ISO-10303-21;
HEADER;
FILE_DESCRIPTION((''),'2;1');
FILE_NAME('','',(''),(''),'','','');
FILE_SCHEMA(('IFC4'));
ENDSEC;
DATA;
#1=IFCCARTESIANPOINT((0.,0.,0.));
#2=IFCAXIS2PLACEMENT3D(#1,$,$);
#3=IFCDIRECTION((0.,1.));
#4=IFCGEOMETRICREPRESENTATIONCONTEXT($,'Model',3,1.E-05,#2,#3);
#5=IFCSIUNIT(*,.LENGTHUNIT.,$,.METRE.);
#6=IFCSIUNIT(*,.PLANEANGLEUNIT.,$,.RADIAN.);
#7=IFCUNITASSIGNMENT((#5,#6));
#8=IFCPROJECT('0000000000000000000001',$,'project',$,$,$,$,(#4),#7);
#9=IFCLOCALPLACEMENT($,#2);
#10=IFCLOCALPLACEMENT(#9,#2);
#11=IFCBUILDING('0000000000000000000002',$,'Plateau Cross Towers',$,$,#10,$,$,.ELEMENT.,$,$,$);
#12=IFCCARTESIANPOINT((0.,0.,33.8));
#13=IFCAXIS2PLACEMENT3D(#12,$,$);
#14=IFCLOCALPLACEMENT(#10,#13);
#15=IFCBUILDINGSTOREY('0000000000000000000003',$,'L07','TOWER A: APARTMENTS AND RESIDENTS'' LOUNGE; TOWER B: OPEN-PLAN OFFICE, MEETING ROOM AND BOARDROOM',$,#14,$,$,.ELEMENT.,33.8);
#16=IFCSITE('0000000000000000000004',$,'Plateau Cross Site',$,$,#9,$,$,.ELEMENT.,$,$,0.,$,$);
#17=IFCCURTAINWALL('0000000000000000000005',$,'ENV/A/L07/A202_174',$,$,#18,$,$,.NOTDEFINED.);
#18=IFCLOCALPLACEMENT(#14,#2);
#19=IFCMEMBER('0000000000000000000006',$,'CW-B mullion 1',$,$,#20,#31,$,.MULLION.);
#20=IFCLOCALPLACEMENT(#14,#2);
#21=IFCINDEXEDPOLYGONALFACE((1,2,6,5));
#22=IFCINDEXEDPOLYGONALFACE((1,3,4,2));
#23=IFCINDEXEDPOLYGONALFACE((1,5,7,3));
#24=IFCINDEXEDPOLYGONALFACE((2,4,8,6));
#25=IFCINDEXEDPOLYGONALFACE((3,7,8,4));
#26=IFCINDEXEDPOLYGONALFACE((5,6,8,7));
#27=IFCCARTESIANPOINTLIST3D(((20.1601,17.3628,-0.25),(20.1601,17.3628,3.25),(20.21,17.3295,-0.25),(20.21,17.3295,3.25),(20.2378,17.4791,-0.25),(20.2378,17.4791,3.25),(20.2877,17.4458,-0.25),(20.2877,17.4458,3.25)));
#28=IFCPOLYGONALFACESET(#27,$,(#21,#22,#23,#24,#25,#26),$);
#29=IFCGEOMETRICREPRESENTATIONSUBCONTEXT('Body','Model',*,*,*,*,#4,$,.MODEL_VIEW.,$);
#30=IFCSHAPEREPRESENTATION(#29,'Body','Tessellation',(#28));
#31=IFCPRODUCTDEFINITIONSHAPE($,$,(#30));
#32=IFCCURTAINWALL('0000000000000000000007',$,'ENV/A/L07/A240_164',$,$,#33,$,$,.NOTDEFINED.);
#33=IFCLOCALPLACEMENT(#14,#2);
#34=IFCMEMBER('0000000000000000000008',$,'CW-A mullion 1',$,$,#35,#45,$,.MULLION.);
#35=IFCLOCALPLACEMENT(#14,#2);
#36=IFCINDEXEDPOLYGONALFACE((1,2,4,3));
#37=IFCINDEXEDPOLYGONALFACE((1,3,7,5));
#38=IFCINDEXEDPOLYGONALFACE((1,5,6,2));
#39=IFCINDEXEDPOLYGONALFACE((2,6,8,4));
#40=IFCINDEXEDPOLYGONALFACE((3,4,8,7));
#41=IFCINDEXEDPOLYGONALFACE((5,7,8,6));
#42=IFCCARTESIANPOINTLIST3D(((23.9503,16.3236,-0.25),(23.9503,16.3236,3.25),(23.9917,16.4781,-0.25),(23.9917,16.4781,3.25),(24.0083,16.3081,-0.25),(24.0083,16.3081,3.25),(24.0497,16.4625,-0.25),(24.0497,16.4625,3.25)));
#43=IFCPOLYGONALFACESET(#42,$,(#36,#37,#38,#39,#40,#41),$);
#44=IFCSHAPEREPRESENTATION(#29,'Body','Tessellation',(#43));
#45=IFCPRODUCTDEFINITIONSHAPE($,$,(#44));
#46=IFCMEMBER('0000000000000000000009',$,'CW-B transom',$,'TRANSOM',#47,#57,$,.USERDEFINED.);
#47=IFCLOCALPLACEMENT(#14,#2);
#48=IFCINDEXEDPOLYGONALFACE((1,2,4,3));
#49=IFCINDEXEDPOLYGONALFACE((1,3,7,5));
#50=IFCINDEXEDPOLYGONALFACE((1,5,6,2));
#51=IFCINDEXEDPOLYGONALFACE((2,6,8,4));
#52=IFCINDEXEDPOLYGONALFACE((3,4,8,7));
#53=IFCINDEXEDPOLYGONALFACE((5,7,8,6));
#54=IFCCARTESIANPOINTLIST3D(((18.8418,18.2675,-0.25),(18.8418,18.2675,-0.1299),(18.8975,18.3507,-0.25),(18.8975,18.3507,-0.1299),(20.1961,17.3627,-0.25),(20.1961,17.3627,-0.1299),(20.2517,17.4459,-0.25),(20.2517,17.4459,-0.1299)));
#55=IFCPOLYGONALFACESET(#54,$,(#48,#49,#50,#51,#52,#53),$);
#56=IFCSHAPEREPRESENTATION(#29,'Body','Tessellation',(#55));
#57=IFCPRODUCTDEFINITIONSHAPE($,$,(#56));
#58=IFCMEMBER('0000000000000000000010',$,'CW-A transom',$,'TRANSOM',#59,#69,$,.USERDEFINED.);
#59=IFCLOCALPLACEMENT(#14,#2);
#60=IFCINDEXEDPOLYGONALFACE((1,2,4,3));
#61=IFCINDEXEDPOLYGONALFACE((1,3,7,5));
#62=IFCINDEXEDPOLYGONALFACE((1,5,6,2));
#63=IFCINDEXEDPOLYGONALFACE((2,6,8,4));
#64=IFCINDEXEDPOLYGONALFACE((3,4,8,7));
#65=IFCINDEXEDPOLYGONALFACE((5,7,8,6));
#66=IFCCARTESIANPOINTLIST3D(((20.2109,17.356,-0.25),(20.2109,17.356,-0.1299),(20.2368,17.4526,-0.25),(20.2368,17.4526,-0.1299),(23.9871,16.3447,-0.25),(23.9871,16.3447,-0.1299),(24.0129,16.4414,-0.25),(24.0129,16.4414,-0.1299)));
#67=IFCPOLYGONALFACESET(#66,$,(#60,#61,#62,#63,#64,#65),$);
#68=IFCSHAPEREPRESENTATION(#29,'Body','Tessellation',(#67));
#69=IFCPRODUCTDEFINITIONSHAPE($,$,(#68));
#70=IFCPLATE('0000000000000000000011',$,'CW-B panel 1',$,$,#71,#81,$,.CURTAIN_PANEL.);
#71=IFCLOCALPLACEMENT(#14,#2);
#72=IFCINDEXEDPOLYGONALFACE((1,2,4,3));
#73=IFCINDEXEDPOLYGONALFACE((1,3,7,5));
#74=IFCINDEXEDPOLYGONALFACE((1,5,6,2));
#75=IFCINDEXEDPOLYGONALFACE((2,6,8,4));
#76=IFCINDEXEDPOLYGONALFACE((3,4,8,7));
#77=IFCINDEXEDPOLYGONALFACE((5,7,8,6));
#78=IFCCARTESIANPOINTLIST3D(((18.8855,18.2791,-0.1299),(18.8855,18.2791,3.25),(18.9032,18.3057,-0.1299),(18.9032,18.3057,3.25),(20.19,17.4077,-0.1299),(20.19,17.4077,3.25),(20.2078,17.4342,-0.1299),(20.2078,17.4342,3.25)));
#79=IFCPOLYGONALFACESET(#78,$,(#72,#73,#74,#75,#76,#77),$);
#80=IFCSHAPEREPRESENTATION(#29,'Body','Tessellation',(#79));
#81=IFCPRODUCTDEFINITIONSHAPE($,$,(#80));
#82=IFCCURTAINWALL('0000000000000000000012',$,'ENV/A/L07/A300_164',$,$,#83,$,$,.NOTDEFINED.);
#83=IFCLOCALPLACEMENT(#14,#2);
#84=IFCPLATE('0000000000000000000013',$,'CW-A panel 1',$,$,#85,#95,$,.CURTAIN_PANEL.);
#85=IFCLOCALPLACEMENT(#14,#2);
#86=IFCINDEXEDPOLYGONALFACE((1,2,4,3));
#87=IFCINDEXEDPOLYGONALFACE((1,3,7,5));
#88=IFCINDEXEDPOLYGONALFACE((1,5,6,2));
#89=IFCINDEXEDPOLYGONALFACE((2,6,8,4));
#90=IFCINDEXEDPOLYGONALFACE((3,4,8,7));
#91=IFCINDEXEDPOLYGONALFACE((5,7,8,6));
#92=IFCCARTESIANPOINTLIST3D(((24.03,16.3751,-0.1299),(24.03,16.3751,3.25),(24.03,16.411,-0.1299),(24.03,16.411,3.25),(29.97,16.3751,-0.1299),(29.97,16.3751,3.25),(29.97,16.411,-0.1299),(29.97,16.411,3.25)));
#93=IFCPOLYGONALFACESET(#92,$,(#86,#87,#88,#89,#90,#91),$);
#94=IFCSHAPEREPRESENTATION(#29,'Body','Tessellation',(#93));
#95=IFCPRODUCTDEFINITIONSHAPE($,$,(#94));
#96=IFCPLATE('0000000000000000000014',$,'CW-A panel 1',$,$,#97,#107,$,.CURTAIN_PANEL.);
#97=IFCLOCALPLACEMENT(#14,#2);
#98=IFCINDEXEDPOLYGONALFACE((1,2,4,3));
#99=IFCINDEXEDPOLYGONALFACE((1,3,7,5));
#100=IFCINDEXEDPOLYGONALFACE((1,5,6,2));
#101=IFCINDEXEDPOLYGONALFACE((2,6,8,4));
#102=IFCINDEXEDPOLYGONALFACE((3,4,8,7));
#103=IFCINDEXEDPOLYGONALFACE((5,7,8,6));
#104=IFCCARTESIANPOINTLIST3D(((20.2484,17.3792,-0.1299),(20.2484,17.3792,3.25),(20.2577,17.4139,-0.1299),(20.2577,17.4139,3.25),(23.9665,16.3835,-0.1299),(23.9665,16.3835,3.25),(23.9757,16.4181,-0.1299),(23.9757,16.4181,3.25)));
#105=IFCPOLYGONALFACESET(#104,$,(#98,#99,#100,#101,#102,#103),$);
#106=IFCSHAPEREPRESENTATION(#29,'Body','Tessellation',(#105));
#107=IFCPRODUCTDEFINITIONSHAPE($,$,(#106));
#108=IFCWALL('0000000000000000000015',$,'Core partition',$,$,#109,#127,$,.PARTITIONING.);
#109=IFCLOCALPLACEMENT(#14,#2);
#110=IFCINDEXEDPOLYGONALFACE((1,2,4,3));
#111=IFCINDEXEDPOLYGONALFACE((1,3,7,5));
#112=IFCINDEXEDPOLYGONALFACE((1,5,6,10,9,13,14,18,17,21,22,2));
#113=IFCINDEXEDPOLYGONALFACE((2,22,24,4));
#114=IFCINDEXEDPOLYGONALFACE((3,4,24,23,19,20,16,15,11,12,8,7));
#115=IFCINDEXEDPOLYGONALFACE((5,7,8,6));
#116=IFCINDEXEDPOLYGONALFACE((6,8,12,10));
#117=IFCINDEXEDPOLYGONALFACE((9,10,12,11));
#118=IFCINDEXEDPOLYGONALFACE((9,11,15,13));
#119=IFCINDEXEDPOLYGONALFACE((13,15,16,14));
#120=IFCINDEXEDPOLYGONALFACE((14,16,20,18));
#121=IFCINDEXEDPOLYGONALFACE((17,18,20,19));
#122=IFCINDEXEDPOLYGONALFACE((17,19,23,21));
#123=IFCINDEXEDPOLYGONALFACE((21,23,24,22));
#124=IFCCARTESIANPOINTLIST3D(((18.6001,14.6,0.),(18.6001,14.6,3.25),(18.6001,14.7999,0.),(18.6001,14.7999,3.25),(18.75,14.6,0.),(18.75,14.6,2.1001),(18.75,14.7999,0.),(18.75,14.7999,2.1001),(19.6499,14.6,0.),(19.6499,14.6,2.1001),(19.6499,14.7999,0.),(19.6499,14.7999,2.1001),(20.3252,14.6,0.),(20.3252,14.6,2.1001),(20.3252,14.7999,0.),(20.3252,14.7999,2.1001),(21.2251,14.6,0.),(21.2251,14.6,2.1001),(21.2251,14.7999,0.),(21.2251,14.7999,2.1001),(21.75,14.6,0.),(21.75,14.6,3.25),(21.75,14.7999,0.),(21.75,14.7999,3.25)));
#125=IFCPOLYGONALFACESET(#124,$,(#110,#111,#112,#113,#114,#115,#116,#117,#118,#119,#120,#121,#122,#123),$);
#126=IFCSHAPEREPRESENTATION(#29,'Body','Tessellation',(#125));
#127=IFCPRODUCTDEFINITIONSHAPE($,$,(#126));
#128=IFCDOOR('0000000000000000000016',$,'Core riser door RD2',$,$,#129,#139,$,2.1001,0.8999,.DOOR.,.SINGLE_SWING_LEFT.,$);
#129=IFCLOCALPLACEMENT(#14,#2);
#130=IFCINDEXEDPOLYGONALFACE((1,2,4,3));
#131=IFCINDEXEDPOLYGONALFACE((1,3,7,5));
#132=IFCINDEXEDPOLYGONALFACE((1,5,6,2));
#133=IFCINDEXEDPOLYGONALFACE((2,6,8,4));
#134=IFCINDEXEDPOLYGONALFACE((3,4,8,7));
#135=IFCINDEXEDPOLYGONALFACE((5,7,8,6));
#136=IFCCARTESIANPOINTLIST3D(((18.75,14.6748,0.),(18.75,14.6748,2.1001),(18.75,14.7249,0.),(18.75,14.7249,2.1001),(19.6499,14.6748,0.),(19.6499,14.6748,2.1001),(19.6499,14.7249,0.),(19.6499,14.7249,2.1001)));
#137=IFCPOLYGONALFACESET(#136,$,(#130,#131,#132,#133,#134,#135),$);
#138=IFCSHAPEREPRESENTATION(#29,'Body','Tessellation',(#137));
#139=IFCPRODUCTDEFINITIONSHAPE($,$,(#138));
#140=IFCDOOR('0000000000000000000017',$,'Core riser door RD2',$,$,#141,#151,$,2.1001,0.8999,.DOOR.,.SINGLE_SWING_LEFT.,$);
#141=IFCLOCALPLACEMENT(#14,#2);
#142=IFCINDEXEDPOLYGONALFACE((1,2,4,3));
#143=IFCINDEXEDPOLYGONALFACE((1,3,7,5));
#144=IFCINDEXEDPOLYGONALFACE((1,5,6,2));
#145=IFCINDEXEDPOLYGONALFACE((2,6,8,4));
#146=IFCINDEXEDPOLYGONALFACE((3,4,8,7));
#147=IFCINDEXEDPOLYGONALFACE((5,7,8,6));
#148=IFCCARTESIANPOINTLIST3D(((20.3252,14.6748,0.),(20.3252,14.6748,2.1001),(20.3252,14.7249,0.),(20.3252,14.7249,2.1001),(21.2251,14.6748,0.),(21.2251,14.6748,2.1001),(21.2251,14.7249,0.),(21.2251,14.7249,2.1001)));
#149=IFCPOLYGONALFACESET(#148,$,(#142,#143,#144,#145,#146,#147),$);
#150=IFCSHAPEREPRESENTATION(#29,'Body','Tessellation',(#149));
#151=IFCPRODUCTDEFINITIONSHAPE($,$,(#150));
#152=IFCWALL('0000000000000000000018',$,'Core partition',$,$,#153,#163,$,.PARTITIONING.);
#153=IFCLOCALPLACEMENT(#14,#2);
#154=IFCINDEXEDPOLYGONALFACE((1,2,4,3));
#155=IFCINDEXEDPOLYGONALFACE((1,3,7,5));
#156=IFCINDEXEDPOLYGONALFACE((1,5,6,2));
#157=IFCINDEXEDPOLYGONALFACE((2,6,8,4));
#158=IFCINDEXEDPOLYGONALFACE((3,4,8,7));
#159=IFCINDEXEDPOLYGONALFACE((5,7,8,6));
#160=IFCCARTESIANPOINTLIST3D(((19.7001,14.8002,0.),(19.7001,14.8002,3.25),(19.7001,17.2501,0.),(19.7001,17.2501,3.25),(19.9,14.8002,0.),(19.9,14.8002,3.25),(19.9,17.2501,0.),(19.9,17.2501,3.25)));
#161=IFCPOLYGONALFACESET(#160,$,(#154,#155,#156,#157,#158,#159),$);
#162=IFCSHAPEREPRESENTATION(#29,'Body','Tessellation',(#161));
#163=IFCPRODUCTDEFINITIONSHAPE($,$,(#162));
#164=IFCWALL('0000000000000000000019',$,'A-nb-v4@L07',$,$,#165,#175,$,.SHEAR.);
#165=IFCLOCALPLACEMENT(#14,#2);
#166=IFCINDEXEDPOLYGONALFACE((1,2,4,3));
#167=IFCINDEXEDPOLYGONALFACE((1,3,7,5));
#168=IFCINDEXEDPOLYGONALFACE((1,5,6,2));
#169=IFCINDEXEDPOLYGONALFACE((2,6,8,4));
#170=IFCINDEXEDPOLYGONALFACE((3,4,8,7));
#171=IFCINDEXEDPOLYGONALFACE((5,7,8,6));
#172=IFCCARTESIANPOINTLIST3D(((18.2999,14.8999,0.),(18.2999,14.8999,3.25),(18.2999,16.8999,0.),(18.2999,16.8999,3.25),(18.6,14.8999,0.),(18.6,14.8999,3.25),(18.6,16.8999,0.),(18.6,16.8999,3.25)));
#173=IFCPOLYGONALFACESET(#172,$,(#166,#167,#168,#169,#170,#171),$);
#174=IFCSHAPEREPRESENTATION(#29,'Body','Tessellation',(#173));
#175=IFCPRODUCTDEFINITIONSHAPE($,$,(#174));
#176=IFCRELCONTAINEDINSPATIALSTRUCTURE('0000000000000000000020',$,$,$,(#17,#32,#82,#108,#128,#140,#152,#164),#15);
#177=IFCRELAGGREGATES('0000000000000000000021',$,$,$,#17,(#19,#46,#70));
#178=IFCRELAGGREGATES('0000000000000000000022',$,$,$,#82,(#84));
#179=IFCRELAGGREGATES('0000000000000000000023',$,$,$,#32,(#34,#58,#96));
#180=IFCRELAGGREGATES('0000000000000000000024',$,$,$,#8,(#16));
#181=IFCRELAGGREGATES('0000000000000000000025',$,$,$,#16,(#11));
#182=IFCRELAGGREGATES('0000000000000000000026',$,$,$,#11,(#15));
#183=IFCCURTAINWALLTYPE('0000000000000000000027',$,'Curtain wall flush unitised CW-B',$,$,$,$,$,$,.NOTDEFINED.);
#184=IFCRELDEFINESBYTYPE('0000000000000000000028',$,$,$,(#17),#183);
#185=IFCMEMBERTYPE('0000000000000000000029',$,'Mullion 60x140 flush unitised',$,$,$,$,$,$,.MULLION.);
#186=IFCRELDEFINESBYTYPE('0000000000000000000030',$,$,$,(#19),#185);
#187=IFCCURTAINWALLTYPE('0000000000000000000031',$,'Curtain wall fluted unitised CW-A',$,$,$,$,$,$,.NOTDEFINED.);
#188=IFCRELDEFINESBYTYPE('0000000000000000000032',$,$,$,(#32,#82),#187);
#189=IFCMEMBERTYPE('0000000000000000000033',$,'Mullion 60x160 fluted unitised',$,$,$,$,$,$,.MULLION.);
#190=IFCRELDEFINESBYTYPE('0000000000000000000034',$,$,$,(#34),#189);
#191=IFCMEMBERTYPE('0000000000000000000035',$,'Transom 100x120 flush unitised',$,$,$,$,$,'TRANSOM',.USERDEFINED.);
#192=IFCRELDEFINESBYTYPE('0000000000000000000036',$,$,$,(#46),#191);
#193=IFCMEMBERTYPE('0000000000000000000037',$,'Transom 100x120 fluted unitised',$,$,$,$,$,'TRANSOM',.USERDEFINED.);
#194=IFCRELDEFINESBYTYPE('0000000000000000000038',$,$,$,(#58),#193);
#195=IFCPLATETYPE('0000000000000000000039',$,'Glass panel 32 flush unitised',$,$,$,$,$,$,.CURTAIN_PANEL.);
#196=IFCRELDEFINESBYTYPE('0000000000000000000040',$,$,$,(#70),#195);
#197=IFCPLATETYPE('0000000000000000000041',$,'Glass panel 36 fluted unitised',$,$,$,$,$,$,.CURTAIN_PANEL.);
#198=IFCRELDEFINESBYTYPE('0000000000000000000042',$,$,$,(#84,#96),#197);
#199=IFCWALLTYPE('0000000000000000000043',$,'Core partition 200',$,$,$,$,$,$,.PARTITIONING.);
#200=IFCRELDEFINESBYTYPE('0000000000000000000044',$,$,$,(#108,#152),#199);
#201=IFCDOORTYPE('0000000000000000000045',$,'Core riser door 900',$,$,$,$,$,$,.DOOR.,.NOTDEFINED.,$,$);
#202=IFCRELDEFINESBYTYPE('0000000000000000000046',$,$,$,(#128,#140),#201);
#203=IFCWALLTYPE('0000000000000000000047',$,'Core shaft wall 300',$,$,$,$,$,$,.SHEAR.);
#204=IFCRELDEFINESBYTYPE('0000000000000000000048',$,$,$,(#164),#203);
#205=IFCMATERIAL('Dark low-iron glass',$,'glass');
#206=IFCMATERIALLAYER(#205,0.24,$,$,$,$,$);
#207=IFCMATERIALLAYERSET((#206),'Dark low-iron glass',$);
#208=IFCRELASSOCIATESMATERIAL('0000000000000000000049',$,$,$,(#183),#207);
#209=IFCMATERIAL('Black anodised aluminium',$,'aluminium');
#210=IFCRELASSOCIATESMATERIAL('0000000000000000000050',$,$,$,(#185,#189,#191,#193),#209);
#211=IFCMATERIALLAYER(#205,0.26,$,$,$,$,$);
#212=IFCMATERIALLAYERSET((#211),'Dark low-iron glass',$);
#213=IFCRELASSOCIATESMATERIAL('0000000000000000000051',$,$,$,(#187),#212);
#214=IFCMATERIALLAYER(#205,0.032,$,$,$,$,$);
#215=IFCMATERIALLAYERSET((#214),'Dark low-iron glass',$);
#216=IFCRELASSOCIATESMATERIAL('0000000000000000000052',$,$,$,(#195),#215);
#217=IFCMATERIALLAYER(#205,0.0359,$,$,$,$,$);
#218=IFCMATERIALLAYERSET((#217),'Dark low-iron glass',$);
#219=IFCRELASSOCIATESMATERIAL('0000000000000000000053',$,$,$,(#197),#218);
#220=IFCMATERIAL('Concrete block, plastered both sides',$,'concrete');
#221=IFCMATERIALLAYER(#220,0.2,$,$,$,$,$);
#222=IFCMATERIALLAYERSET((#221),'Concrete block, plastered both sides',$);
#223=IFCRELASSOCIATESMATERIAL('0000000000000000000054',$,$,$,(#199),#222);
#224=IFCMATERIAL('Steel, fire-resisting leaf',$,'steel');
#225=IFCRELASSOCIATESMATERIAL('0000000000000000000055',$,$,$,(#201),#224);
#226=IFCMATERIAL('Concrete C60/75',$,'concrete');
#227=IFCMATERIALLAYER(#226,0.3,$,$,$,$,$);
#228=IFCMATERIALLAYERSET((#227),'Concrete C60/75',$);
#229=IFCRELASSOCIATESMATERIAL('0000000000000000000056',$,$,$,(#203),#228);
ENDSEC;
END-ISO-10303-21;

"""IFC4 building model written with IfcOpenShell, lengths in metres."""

from ifc_helpers import new_model, si_unit, direction, frame, frame_2d, origin, origin_2d, place, context, subcontext, project, spatial, rectangle, extrude, material, layer, layer_set, material_profile, profile_set, type_object, element, fill, aggregate, save


model = new_model("IFC4")

# Units and contexts
model_context = context("Model", 3, precision=1e-05, world=origin(), true_north=direction((0.0, 1.0)))
body_context = subcontext(model_context, "Body", "Model", "MODEL_VIEW")
ifc_project = project(units=[si_unit("LENGTHUNIT", "METRE"), si_unit("PLANEANGLEUNIT", "RADIAN")], contexts=[model_context])

# Site, building, storey
site_placement = place(None, origin())
site = spatial("IfcSite", under=ifc_project, at=site_placement, Name="Plateau Cross Site", CompositionType="ELEMENT", RefElevation=0.0)
building_placement = place(site_placement, origin())
building = spatial("IfcBuilding", under=site, at=building_placement, Name="Plateau Cross Towers", CompositionType="ELEMENT")
storey_placement = place(building_placement, frame((0.0, 0.0, 33.8)))
storey = spatial("IfcBuildingStorey", under=building, at=storey_placement, Name="L07", Description="TOWER A: APARTMENTS AND RESIDENTS' LOUNGE; TOWER B: OPEN-PLAN OFFICE, MEETING ROOM AND BOARDROOM", CompositionType="ELEMENT", Elevation=33.8)

# Curtain walls, members
ifc_material_1 = material(Name="Dark low-iron glass", Category="glass")
ifc_layer_1 = layer(ifc_material_1, 0.24)
ifc_layer_set_1 = layer_set([ifc_layer_1], Name="Dark low-iron glass")
curtain_wall_type_1 = type_object("IfcCurtainWallType", Name="Curtain wall flush unitised CW-B", PredefinedType="NOTDEFINED", material=ifc_layer_set_1)
curtain_wall_1_placement = place(storey_placement, origin())
curtain_wall_1 = element("IfcCurtainWall", 1, at=curtain_wall_1_placement, inside=storey, type_object=curtain_wall_type_1, Name="ENV/A/L07/A202_174", PredefinedType="NOTDEFINED")
ifc_material_2 = material(Name="Black anodised aluminium", Category="aluminium")
ifc_material_profile_1 = material_profile(ifc_material_2, rectangle(XDim=0.0601, YDim=0.1399, at=origin_2d()), Name="MULLION 60x140")
ifc_profile_set_1 = profile_set([ifc_material_profile_1], Name="Black anodised aluminium")
member_type_1 = type_object("IfcMemberType", Name="Mullion 60x140 flush unitised", PredefinedType="MULLION", material=ifc_profile_set_1)
member_1_placement = place(storey_placement, frame((20.2239, 17.4043, -0.25), z_axis=(0.0, 0.0, 1.0), x_axis=(-0.831521, 0.555493, 0.0)))
member_1 = element("IfcMember", 2, at=member_1_placement, type_object=member_type_1, Name="CW-B mullion 1", PredefinedType="MULLION", context=body_context, shape_type="SweptSolid", body=[
    extrude(rectangle(XDim=0.0601, YDim=0.1399, at=origin_2d()), origin(), (0.0, 0.0, 1.0), 3.5),
])
ifc_layer_2 = layer(ifc_material_1, 0.26)
ifc_layer_set_2 = layer_set([ifc_layer_2], Name="Dark low-iron glass")
curtain_wall_type_2 = type_object("IfcCurtainWallType", Name="Curtain wall fluted unitised CW-A", PredefinedType="NOTDEFINED", material=ifc_layer_set_2)
curtain_wall_2_placement = place(storey_placement, origin())
curtain_wall_2 = element("IfcCurtainWall", 3, at=curtain_wall_2_placement, inside=storey, type_object=curtain_wall_type_2, Name="ENV/A/L07/A240_164", PredefinedType="NOTDEFINED")
ifc_material_profile_2 = material_profile(ifc_material_2, rectangle(XDim=0.0601, YDim=0.1599, at=origin_2d()), Name="MULLION 60x160")
ifc_profile_set_2 = profile_set([ifc_material_profile_2], Name="Black anodised aluminium")
member_type_2 = type_object("IfcMemberType", Name="Mullion 60x160 fluted unitised", PredefinedType="MULLION", material=ifc_profile_set_2)
member_2_placement = place(storey_placement, frame((24.0, 16.3931, -0.25), z_axis=(0.0, 0.0, 1.0), x_axis=(-0.965958, 0.258699, 0.0)))
member_2 = element("IfcMember", 4, at=member_2_placement, type_object=member_type_2, Name="CW-A mullion 1", PredefinedType="MULLION", context=body_context, shape_type="SweptSolid", body=[
    extrude(rectangle(XDim=0.0601, YDim=0.1599, at=origin_2d()), origin(), (0.0, 0.0, 1.0), 3.5),
])

# Members
ifc_material_profile_3 = material_profile(ifc_material_2, rectangle(XDim=0.1001, YDim=0.1201, at=origin_2d()), Name="TRANSOM 100x120")
ifc_profile_set_3 = profile_set([ifc_material_profile_3], Name="Black anodised aluminium")
member_type_3 = type_object("IfcMemberType", Name="Transom 100x120 flush unitised", ElementType="TRANSOM", PredefinedType="USERDEFINED", material=ifc_profile_set_3)
member_3_placement = place(storey_placement, frame((20.2239, 17.4043, -0.1899), z_axis=(-0.831496, 0.55553, 0.0), x_axis=(-0.55553, -0.831496, 0.0)))
member_3 = element("IfcMember", 5, at=member_3_placement, type_object=member_type_3, Name="CW-B transom", ObjectType="TRANSOM", PredefinedType="USERDEFINED", context=body_context, shape_type="SweptSolid", body=[
    extrude(rectangle(XDim=0.1001, YDim=0.1201, at=origin_2d()), origin(), (0.0, 0.0, 1.0), 1.6287),
])
ifc_material_profile_4 = material_profile(ifc_material_2, rectangle(XDim=0.1001, YDim=0.1201, at=origin_2d()), Name="TRANSOM 100x120")
ifc_profile_set_4 = profile_set([ifc_material_profile_4], Name="Black anodised aluminium")
member_type_4 = type_object("IfcMemberType", Name="Transom 100x120 fluted unitised", ElementType="TRANSOM", PredefinedType="USERDEFINED", material=ifc_profile_set_4)
member_4_placement = place(storey_placement, frame((24.0, 16.3931, -0.1899), z_axis=(-0.965963, 0.258681, 0.0), x_axis=(-0.258681, -0.965963, 0.0)))
member_4 = element("IfcMember", 6, at=member_4_placement, type_object=member_type_4, Name="CW-A transom", ObjectType="TRANSOM", PredefinedType="USERDEFINED", context=body_context, shape_type="SweptSolid", body=[
    extrude(rectangle(XDim=0.1001, YDim=0.1201, at=origin_2d()), origin(), (0.0, 0.0, 1.0), 3.9092),
])

# Plate
ifc_layer_3 = layer(ifc_material_1, 0.032)
ifc_layer_set_3 = layer_set([ifc_layer_3], Name="Dark low-iron glass")
plate_type_1 = type_object("IfcPlateType", Name="Glass panel 32 flush unitised", PredefinedType="CURTAIN_PANEL", material=ifc_layer_set_3)
plate_1_placement = place(storey_placement, frame((19.5466, 17.8567, -0.1299), z_axis=(0.0, 0.0, 1.0), x_axis=(-0.831521, 0.555493, 0.0)))
plate_1 = element("IfcPlate", 7, at=plate_1_placement, type_object=plate_type_1, Name="CW-B panel 1", PredefinedType="CURTAIN_PANEL", context=body_context, shape_type="SweptSolid", body=[
    extrude(rectangle(XDim=1.5688, YDim=0.032, at=origin_2d()), origin(), (0.0, 0.0, 1.0), 3.3799),
])
aggregate(curtain_wall_1, [member_1, member_3, plate_1])

# Curtain wall, plate
curtain_wall_3_placement = place(storey_placement, origin())
curtain_wall_3 = element("IfcCurtainWall", 8, at=curtain_wall_3_placement, inside=storey, type_object=curtain_wall_type_2, Name="ENV/A/L07/A300_164", PredefinedType="NOTDEFINED")
ifc_layer_4 = layer(ifc_material_1, 0.0359)
ifc_layer_set_4 = layer_set([ifc_layer_4], Name="Dark low-iron glass")
plate_type_2 = type_object("IfcPlateType", Name="Glass panel 36 fluted unitised", PredefinedType="CURTAIN_PANEL", material=ifc_layer_set_4)
plate_2_placement = place(storey_placement, frame((27.0, 16.3931, -0.1299), z_axis=(0.0, 0.0, 1.0), x_axis=(-1.0, 0.0, 0.0)))
plate_2 = element("IfcPlate", 9, at=plate_2_placement, type_object=plate_type_2, Name="CW-A panel 1", PredefinedType="CURTAIN_PANEL", context=body_context, shape_type="SweptSolid", body=[
    extrude(rectangle(XDim=5.9399, YDim=0.0359, at=origin_2d()), origin(), (0.0, 0.0, 1.0), 3.3799),
])
aggregate(curtain_wall_3, [plate_2])

# Plate
plate_3_placement = place(storey_placement, frame((22.1121, 16.8987, -0.1299), z_axis=(0.0, 0.0, 1.0), x_axis=(-0.965958, 0.258699, 0.0)))
plate_3 = element("IfcPlate", 10, at=plate_3_placement, type_object=plate_type_2, Name="CW-A panel 1", PredefinedType="CURTAIN_PANEL", context=body_context, shape_type="SweptSolid", body=[
    extrude(rectangle(XDim=3.8491, YDim=0.0359, at=origin_2d()), origin(), (0.0, 0.0, 1.0), 3.3799),
])
aggregate(curtain_wall_2, [member_2, member_4, plate_3])

# Wall, openings, doors
ifc_material_3 = material(Name="Concrete block, plastered both sides", Category="concrete")
ifc_layer_5 = layer(ifc_material_3, 0.2)
ifc_layer_set_5 = layer_set([ifc_layer_5], Name="Concrete block, plastered both sides")
wall_type_1 = type_object("IfcWallType", Name="Core partition 200", PredefinedType="PARTITIONING", material=ifc_layer_set_5)
wall_1_placement = place(storey_placement, frame((18.6001, 14.7, 0.0), z_axis=(0.0, 0.0, 1.0), x_axis=(1.0, 0.0, 0.0)))
wall_1 = element("IfcWall", 11, at=wall_1_placement, inside=storey, type_object=wall_type_1, Name="Core partition", PredefinedType="PARTITIONING", context=body_context, shape_type="SweptSolid", body=[
    extrude(rectangle(XDim=3.1499, YDim=0.2, at=frame_2d((1.575, 0.0))), origin(), (0.0, 0.0, 1.0), 3.25),
])
opening_1_placement = place(wall_1_placement, frame((0.1499, 0.0, 0.0)))
opening_1 = element("IfcOpeningElement", 12, at=opening_1_placement, cuts=wall_1, PredefinedType="OPENING", context=body_context, shape_type="SweptSolid", body=[
    extrude(rectangle(XDim=0.8999, YDim=2.1001, at=frame_2d((0.45, 1.05))), frame((0.0, 0.1099, 0.0), z_axis=(0.0, -1.0, 0.0), x_axis=(1.0, 0.0, 0.0)), (0.0, 0.0, 1.0), 0.22),
])
opening_2_placement = place(wall_1_placement, frame((1.7251, 0.0, 0.0)))
opening_2 = element("IfcOpeningElement", 13, at=opening_2_placement, cuts=wall_1, PredefinedType="OPENING", context=body_context, shape_type="SweptSolid", body=[
    extrude(rectangle(XDim=0.8999, YDim=2.1001, at=frame_2d((0.45, 1.05))), frame((0.0, 0.1099, 0.0), z_axis=(0.0, -1.0, 0.0), x_axis=(1.0, 0.0, 0.0)), (0.0, 0.0, 1.0), 0.22),
])
ifc_material_4 = material(Name="Steel, fire-resisting leaf", Category="steel")
door_type_1 = type_object("IfcDoorType", Name="Core riser door 900", OperationType="NOTDEFINED", PredefinedType="DOOR", material=ifc_material_4)
door_1_placement = place(opening_1_placement, origin())
door_1 = element("IfcDoor", 14, at=door_1_placement, inside=storey, type_object=door_type_1, Name="Core riser door RD2", OperationType="SINGLE_SWING_LEFT", OverallHeight=2.1001, OverallWidth=0.8999, PredefinedType="DOOR", context=body_context, shape_type="SweptSolid", body=[
    extrude(rectangle(XDim=0.8999, YDim=2.1001, at=frame_2d((0.45, 1.05))), frame((0.0, 0.0249, 0.0), z_axis=(0.0, -1.0, 0.0), x_axis=(1.0, 0.0, 0.0)), (0.0, 0.0, 1.0), 0.05),
])
fill(opening_1, door_1)
door_2_placement = place(opening_2_placement, origin())
door_2 = element("IfcDoor", 15, at=door_2_placement, inside=storey, type_object=door_type_1, Name="Core riser door RD2", OperationType="SINGLE_SWING_LEFT", OverallHeight=2.1001, OverallWidth=0.8999, PredefinedType="DOOR", context=body_context, shape_type="SweptSolid", body=[
    extrude(rectangle(XDim=0.8999, YDim=2.1001, at=frame_2d((0.45, 1.05))), frame((0.0, 0.0249, 0.0), z_axis=(0.0, -1.0, 0.0), x_axis=(1.0, 0.0, 0.0)), (0.0, 0.0, 1.0), 0.05),
])
fill(opening_2, door_2)

# Walls
wall_2_placement = place(storey_placement, frame((19.8, 14.8, 0.0), z_axis=(0.0, 0.0, 1.0), x_axis=(0.0, 1.0, 0.0)))
element("IfcWall", 16, at=wall_2_placement, inside=storey, type_object=wall_type_1, Name="Core partition", PredefinedType="PARTITIONING", context=body_context, shape_type="SweptSolid", body=[
    extrude(rectangle(XDim=2.45, YDim=0.2, at=frame_2d((1.2251, 0.0))), origin(), (0.0, 0.0, 1.0), 3.25),
])
ifc_material_5 = material(Name="Concrete C60/75", Category="concrete")
ifc_layer_6 = layer(ifc_material_5, 0.3)
ifc_layer_set_6 = layer_set([ifc_layer_6], Name="Concrete C60/75")
wall_type_2 = type_object("IfcWallType", Name="Core shaft wall 300", PredefinedType="SHEAR", material=ifc_layer_set_6)
wall_3_placement = place(storey_placement, frame((18.45, 14.8999, 0.0), z_axis=(0.0, 0.0, 1.0), x_axis=(0.0, 1.0, 0.0)))
element("IfcWall", 17, at=wall_3_placement, inside=storey, type_object=wall_type_2, Name="A-nb-v4@L07", PredefinedType="SHEAR", context=body_context, shape_type="SweptSolid", body=[
    extrude(rectangle(XDim=2.0, YDim=0.3, at=frame_2d((1.0, 0.0))), origin(), (0.0, 0.0, 1.0), 3.25),
])

save(model, "model.ifc")
